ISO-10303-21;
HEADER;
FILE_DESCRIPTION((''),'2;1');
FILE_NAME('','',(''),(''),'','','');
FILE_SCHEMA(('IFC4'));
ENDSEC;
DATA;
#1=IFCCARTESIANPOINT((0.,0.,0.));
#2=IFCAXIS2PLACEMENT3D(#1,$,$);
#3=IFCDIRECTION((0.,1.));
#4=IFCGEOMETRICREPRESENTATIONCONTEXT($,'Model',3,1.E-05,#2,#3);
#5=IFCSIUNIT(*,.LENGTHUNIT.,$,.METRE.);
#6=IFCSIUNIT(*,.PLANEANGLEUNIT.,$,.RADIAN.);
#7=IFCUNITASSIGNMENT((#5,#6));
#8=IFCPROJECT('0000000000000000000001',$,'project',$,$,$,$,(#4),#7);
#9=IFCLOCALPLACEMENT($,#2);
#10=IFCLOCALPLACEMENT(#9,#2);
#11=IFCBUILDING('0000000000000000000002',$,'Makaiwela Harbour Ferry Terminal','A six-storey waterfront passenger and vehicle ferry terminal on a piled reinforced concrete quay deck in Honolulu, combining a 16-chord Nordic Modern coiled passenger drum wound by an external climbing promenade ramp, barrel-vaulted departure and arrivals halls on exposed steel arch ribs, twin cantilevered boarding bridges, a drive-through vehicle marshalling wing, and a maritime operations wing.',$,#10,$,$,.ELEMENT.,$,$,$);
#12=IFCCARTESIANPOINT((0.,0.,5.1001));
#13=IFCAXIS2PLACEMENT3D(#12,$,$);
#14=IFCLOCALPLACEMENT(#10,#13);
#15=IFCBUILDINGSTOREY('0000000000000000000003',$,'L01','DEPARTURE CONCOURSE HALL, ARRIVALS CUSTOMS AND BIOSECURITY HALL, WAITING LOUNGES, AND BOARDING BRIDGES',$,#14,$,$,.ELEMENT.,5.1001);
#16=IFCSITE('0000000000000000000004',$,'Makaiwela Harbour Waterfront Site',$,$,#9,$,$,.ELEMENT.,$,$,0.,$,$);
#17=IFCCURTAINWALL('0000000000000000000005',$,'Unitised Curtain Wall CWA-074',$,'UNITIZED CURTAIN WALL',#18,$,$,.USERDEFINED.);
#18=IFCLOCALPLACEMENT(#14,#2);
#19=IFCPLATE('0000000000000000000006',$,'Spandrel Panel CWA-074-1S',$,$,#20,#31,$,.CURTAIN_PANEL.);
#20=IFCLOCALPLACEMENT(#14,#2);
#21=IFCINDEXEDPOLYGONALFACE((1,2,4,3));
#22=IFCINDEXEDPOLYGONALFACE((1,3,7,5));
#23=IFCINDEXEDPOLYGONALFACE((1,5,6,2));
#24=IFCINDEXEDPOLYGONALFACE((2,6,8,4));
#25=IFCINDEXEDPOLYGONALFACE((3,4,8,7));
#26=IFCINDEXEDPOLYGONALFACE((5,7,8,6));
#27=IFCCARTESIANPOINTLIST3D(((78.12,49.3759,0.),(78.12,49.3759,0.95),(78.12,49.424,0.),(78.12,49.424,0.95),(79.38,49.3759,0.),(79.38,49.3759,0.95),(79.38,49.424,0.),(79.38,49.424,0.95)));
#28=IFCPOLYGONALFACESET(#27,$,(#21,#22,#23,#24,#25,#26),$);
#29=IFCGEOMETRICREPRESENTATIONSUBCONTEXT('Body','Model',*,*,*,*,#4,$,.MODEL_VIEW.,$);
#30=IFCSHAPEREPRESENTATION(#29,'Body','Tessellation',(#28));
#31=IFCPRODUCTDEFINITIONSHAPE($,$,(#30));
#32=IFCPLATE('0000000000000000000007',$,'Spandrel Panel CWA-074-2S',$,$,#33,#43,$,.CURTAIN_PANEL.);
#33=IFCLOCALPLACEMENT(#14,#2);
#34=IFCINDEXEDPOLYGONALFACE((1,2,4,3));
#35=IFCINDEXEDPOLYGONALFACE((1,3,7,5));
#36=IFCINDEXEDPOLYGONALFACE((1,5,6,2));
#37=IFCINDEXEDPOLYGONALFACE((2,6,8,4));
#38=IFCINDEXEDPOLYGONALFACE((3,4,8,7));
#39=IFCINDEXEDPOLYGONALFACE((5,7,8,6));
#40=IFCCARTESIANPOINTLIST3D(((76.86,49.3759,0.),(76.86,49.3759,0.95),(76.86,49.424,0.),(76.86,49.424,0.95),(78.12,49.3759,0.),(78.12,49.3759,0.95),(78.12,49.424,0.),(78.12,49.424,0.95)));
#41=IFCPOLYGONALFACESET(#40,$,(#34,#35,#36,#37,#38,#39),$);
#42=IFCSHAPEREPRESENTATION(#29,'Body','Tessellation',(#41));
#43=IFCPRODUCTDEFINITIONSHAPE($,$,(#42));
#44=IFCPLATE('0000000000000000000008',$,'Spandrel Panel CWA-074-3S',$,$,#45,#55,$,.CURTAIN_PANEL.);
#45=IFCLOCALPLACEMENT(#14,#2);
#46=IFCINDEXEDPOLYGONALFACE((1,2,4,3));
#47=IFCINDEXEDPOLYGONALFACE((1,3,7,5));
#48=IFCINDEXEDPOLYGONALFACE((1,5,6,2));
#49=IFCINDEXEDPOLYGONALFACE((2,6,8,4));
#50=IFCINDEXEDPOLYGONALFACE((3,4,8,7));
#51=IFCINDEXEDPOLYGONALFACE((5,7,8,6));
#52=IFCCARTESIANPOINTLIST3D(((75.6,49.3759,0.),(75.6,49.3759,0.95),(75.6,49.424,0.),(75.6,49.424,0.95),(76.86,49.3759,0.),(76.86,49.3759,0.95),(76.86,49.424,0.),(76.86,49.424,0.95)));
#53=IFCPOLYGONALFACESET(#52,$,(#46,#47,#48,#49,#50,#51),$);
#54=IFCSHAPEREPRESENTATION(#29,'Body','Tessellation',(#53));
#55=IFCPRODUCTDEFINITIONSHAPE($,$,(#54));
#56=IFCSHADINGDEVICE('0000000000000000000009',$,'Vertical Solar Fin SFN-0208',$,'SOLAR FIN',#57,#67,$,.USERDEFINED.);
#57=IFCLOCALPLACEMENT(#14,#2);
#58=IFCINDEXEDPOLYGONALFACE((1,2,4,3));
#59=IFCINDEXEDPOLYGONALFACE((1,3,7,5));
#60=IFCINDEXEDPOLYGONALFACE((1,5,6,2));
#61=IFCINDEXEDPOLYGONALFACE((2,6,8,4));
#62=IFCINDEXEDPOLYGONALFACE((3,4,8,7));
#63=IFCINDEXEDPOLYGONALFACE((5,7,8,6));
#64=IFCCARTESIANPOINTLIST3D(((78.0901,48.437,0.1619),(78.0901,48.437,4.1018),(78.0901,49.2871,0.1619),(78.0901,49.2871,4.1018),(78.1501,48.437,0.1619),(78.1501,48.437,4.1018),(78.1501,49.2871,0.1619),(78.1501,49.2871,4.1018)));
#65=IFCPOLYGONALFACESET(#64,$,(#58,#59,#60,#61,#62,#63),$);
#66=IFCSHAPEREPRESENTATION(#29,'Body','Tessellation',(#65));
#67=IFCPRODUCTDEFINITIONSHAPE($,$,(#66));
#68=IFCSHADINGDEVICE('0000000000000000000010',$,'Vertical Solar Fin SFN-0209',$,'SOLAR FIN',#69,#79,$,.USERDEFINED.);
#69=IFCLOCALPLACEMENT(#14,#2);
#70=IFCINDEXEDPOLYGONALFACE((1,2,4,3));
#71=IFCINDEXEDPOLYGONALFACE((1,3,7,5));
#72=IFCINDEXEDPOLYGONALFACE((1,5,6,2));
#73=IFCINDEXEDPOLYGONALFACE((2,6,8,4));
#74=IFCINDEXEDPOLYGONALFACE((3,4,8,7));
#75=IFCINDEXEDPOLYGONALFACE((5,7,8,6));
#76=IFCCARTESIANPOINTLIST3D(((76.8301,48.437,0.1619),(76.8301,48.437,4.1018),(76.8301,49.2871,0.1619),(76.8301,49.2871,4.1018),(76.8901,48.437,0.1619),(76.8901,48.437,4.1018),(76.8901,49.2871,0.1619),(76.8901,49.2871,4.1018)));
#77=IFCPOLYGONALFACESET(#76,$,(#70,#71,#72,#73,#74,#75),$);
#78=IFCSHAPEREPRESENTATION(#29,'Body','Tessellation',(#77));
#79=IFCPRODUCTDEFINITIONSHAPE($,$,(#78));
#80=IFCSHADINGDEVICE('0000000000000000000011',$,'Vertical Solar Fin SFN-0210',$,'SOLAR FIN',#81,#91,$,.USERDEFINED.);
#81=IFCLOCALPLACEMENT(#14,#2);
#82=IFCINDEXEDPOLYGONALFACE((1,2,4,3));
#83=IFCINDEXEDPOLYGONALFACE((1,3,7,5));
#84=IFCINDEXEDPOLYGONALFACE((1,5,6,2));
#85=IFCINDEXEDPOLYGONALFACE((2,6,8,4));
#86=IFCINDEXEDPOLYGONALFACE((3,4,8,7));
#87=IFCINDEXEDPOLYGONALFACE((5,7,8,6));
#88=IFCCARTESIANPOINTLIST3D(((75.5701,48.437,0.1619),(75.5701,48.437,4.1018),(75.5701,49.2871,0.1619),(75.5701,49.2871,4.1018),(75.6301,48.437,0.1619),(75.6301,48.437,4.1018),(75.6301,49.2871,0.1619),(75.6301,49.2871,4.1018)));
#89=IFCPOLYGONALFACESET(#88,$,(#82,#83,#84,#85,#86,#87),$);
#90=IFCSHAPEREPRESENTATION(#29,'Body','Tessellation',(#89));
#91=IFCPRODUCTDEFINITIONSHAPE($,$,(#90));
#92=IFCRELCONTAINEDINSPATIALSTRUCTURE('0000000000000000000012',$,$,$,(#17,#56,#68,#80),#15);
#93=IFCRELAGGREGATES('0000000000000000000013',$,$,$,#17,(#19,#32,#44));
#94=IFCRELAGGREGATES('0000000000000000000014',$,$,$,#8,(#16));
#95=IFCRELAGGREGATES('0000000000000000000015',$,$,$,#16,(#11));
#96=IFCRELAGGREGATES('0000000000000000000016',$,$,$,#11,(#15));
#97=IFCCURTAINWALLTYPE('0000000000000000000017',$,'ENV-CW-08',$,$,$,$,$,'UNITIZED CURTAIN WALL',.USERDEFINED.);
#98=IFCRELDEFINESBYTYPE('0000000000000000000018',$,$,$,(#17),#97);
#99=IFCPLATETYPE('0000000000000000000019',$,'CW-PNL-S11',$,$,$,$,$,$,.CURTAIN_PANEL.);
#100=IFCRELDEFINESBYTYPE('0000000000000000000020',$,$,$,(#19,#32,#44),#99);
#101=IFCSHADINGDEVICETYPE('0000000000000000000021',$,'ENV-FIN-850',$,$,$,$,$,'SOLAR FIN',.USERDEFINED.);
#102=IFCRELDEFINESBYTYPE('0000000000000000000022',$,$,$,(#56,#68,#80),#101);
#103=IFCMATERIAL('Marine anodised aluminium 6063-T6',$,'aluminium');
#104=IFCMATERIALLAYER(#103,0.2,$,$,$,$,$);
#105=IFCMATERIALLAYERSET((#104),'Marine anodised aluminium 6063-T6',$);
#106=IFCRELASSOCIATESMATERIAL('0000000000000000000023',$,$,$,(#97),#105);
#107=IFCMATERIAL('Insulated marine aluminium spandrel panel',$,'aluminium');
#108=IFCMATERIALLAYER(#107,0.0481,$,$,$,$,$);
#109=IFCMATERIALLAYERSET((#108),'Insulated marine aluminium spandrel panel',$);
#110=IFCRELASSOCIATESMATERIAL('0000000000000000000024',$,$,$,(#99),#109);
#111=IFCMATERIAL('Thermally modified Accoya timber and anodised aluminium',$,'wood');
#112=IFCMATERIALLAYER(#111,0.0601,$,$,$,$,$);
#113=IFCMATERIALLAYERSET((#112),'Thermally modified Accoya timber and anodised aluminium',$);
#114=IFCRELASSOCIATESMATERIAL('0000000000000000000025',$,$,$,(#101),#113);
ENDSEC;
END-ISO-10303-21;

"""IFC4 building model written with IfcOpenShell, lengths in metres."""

from ifc_helpers import new_model, si_unit, direction, frame, origin, origin_2d, place, context, subcontext, project, spatial, rectangle, extrude, material, layer, layer_set, type_object, element, aggregate, save


model = new_model("IFC4")

# Units and contexts
model_context = context("Model", 3, precision=1e-05, world=origin(), true_north=direction((0.0, 1.0)))
body_context = subcontext(model_context, "Body", "Model", "MODEL_VIEW")
ifc_project = project(units=[si_unit("LENGTHUNIT", "METRE"), si_unit("PLANEANGLEUNIT", "RADIAN")], contexts=[model_context])

# Site, building, storey
site_placement = place(None, origin())
site = spatial("IfcSite", under=ifc_project, at=site_placement, Name="Makaiwela Harbour Waterfront Site", CompositionType="ELEMENT", RefElevation=0.0)
building_placement = place(site_placement, origin())
building = spatial("IfcBuilding", under=site, at=building_placement, Name="Makaiwela Harbour Ferry Terminal", Description="A six-storey waterfront passenger and vehicle ferry terminal on a piled reinforced concrete quay deck in Honolulu, combining a 16-chord Nordic Modern coiled passenger drum wound by an external climbing promenade ramp, barrel-vaulted departure and arrivals halls on exposed steel arch ribs, twin cantilevered boarding bridges, a drive-through vehicle marshalling wing, and a maritime operations wing.", CompositionType="ELEMENT")
storey_placement = place(building_placement, frame((0.0, 0.0, 5.1001)))
storey = spatial("IfcBuildingStorey", under=building, at=storey_placement, Name="L01", Description="DEPARTURE CONCOURSE HALL, ARRIVALS CUSTOMS AND BIOSECURITY HALL, WAITING LOUNGES, AND BOARDING BRIDGES", CompositionType="ELEMENT", Elevation=5.1001)

# Curtain wall
ifc_material_1 = material(Name="Marine anodised aluminium 6063-T6", Category="aluminium")
ifc_layer_1 = layer(ifc_material_1, 0.2)
ifc_layer_set_1 = layer_set([ifc_layer_1], Name="Marine anodised aluminium 6063-T6")
curtain_wall_type = type_object("IfcCurtainWallType", Name="ENV-CW-08", ElementType="UNITIZED CURTAIN WALL", PredefinedType="USERDEFINED", material=ifc_layer_set_1)
curtain_wall_placement = place(storey_placement, origin())
curtain_wall = element("IfcCurtainWall", 1, at=curtain_wall_placement, inside=storey, type_object=curtain_wall_type, Name="Unitised Curtain Wall CWA-074", ObjectType="UNITIZED CURTAIN WALL", PredefinedType="USERDEFINED")

# Plates
ifc_material_2 = material(Name="Insulated marine aluminium spandrel panel", Category="aluminium")
ifc_layer_2 = layer(ifc_material_2, 0.0481)
ifc_layer_set_2 = layer_set([ifc_layer_2], Name="Insulated marine aluminium spandrel panel")
plate_type_1 = type_object("IfcPlateType", Name="CW-PNL-S11", PredefinedType="CURTAIN_PANEL", material=ifc_layer_set_2)
plate_1_placement = place(storey_placement, frame((78.75, 49.3999, 0.0), z_axis=(0.0, 0.0, 1.0), x_axis=(-1.0, 0.0, 0.0)))
plate_1 = element("IfcPlate", 2, at=plate_1_placement, type_object=plate_type_1, Name="Spandrel Panel CWA-074-1S", PredefinedType="CURTAIN_PANEL", context=body_context, shape_type="SweptSolid", body=[
    extrude(rectangle(XDim=1.26, YDim=0.0481, at=origin_2d()), origin(), (0.0, 0.0, 1.0), 0.95),
])
plate_2_placement = place(storey_placement, frame((77.49, 49.3999, 0.0), z_axis=(0.0, 0.0, 1.0), x_axis=(-1.0, 0.0, 0.0)))
plate_2 = element("IfcPlate", 3, at=plate_2_placement, type_object=plate_type_1, Name="Spandrel Panel CWA-074-2S", PredefinedType="CURTAIN_PANEL", context=body_context, shape_type="SweptSolid", body=[
    extrude(rectangle(XDim=1.26, YDim=0.0481, at=origin_2d()), origin(), (0.0, 0.0, 1.0), 0.95),
])
plate_3_placement = place(storey_placement, frame((76.23, 49.3999, 0.0), z_axis=(0.0, 0.0, 1.0), x_axis=(-1.0, 0.0, 0.0)))
plate_3 = element("IfcPlate", 4, at=plate_3_placement, type_object=plate_type_1, Name="Spandrel Panel CWA-074-3S", PredefinedType="CURTAIN_PANEL", context=body_context, shape_type="SweptSolid", body=[
    extrude(rectangle(XDim=1.26, YDim=0.0481, at=origin_2d()), origin(), (0.0, 0.0, 1.0), 0.95),
])
aggregate(curtain_wall, [plate_1, plate_2, plate_3])

# Shading devices
ifc_material_3 = material(Name="Thermally modified Accoya timber and anodised aluminium", Category="wood")
ifc_layer_3 = layer(ifc_material_3, 0.0601)
ifc_layer_set_3 = layer_set([ifc_layer_3], Name="Thermally modified Accoya timber and anodised aluminium")
shading_device_type = type_object("IfcShadingDeviceType", Name="ENV-FIN-850", ElementType="SOLAR FIN", PredefinedType="USERDEFINED", material=ifc_layer_set_3)
for number, where, z_axis, x_axis, name in (
    (5, (78.1201, 48.8621, 0.1619), (0.0, 0.0, 1.0), (0.0, -1.0, 0.0), "Vertical Solar Fin SFN-0208"),
    (6, (76.8601, 48.8621, 0.1619), (0.0, 0.0, 1.0), (0.0, -1.0, 0.0), "Vertical Solar Fin SFN-0209"),
    (7, (75.6001, 48.8621, 0.1619), (0.0, 0.0, 1.0), (0.0, -1.0, 0.0), "Vertical Solar Fin SFN-0210"),
):
    element("IfcShadingDevice", number, at=place(storey_placement, frame(where, z_axis=z_axis, x_axis=x_axis)), inside=storey, type_object=shading_device_type, Name=name, ObjectType="SOLAR FIN", PredefinedType="USERDEFINED", context=body_context, shape_type="SweptSolid", body=[
        extrude(rectangle(XDim=0.8501, YDim=0.0601, at=origin_2d()), origin(), (0.0, 0.0, 1.0), 3.9399),
    ])

save(model, "model.ifc")
